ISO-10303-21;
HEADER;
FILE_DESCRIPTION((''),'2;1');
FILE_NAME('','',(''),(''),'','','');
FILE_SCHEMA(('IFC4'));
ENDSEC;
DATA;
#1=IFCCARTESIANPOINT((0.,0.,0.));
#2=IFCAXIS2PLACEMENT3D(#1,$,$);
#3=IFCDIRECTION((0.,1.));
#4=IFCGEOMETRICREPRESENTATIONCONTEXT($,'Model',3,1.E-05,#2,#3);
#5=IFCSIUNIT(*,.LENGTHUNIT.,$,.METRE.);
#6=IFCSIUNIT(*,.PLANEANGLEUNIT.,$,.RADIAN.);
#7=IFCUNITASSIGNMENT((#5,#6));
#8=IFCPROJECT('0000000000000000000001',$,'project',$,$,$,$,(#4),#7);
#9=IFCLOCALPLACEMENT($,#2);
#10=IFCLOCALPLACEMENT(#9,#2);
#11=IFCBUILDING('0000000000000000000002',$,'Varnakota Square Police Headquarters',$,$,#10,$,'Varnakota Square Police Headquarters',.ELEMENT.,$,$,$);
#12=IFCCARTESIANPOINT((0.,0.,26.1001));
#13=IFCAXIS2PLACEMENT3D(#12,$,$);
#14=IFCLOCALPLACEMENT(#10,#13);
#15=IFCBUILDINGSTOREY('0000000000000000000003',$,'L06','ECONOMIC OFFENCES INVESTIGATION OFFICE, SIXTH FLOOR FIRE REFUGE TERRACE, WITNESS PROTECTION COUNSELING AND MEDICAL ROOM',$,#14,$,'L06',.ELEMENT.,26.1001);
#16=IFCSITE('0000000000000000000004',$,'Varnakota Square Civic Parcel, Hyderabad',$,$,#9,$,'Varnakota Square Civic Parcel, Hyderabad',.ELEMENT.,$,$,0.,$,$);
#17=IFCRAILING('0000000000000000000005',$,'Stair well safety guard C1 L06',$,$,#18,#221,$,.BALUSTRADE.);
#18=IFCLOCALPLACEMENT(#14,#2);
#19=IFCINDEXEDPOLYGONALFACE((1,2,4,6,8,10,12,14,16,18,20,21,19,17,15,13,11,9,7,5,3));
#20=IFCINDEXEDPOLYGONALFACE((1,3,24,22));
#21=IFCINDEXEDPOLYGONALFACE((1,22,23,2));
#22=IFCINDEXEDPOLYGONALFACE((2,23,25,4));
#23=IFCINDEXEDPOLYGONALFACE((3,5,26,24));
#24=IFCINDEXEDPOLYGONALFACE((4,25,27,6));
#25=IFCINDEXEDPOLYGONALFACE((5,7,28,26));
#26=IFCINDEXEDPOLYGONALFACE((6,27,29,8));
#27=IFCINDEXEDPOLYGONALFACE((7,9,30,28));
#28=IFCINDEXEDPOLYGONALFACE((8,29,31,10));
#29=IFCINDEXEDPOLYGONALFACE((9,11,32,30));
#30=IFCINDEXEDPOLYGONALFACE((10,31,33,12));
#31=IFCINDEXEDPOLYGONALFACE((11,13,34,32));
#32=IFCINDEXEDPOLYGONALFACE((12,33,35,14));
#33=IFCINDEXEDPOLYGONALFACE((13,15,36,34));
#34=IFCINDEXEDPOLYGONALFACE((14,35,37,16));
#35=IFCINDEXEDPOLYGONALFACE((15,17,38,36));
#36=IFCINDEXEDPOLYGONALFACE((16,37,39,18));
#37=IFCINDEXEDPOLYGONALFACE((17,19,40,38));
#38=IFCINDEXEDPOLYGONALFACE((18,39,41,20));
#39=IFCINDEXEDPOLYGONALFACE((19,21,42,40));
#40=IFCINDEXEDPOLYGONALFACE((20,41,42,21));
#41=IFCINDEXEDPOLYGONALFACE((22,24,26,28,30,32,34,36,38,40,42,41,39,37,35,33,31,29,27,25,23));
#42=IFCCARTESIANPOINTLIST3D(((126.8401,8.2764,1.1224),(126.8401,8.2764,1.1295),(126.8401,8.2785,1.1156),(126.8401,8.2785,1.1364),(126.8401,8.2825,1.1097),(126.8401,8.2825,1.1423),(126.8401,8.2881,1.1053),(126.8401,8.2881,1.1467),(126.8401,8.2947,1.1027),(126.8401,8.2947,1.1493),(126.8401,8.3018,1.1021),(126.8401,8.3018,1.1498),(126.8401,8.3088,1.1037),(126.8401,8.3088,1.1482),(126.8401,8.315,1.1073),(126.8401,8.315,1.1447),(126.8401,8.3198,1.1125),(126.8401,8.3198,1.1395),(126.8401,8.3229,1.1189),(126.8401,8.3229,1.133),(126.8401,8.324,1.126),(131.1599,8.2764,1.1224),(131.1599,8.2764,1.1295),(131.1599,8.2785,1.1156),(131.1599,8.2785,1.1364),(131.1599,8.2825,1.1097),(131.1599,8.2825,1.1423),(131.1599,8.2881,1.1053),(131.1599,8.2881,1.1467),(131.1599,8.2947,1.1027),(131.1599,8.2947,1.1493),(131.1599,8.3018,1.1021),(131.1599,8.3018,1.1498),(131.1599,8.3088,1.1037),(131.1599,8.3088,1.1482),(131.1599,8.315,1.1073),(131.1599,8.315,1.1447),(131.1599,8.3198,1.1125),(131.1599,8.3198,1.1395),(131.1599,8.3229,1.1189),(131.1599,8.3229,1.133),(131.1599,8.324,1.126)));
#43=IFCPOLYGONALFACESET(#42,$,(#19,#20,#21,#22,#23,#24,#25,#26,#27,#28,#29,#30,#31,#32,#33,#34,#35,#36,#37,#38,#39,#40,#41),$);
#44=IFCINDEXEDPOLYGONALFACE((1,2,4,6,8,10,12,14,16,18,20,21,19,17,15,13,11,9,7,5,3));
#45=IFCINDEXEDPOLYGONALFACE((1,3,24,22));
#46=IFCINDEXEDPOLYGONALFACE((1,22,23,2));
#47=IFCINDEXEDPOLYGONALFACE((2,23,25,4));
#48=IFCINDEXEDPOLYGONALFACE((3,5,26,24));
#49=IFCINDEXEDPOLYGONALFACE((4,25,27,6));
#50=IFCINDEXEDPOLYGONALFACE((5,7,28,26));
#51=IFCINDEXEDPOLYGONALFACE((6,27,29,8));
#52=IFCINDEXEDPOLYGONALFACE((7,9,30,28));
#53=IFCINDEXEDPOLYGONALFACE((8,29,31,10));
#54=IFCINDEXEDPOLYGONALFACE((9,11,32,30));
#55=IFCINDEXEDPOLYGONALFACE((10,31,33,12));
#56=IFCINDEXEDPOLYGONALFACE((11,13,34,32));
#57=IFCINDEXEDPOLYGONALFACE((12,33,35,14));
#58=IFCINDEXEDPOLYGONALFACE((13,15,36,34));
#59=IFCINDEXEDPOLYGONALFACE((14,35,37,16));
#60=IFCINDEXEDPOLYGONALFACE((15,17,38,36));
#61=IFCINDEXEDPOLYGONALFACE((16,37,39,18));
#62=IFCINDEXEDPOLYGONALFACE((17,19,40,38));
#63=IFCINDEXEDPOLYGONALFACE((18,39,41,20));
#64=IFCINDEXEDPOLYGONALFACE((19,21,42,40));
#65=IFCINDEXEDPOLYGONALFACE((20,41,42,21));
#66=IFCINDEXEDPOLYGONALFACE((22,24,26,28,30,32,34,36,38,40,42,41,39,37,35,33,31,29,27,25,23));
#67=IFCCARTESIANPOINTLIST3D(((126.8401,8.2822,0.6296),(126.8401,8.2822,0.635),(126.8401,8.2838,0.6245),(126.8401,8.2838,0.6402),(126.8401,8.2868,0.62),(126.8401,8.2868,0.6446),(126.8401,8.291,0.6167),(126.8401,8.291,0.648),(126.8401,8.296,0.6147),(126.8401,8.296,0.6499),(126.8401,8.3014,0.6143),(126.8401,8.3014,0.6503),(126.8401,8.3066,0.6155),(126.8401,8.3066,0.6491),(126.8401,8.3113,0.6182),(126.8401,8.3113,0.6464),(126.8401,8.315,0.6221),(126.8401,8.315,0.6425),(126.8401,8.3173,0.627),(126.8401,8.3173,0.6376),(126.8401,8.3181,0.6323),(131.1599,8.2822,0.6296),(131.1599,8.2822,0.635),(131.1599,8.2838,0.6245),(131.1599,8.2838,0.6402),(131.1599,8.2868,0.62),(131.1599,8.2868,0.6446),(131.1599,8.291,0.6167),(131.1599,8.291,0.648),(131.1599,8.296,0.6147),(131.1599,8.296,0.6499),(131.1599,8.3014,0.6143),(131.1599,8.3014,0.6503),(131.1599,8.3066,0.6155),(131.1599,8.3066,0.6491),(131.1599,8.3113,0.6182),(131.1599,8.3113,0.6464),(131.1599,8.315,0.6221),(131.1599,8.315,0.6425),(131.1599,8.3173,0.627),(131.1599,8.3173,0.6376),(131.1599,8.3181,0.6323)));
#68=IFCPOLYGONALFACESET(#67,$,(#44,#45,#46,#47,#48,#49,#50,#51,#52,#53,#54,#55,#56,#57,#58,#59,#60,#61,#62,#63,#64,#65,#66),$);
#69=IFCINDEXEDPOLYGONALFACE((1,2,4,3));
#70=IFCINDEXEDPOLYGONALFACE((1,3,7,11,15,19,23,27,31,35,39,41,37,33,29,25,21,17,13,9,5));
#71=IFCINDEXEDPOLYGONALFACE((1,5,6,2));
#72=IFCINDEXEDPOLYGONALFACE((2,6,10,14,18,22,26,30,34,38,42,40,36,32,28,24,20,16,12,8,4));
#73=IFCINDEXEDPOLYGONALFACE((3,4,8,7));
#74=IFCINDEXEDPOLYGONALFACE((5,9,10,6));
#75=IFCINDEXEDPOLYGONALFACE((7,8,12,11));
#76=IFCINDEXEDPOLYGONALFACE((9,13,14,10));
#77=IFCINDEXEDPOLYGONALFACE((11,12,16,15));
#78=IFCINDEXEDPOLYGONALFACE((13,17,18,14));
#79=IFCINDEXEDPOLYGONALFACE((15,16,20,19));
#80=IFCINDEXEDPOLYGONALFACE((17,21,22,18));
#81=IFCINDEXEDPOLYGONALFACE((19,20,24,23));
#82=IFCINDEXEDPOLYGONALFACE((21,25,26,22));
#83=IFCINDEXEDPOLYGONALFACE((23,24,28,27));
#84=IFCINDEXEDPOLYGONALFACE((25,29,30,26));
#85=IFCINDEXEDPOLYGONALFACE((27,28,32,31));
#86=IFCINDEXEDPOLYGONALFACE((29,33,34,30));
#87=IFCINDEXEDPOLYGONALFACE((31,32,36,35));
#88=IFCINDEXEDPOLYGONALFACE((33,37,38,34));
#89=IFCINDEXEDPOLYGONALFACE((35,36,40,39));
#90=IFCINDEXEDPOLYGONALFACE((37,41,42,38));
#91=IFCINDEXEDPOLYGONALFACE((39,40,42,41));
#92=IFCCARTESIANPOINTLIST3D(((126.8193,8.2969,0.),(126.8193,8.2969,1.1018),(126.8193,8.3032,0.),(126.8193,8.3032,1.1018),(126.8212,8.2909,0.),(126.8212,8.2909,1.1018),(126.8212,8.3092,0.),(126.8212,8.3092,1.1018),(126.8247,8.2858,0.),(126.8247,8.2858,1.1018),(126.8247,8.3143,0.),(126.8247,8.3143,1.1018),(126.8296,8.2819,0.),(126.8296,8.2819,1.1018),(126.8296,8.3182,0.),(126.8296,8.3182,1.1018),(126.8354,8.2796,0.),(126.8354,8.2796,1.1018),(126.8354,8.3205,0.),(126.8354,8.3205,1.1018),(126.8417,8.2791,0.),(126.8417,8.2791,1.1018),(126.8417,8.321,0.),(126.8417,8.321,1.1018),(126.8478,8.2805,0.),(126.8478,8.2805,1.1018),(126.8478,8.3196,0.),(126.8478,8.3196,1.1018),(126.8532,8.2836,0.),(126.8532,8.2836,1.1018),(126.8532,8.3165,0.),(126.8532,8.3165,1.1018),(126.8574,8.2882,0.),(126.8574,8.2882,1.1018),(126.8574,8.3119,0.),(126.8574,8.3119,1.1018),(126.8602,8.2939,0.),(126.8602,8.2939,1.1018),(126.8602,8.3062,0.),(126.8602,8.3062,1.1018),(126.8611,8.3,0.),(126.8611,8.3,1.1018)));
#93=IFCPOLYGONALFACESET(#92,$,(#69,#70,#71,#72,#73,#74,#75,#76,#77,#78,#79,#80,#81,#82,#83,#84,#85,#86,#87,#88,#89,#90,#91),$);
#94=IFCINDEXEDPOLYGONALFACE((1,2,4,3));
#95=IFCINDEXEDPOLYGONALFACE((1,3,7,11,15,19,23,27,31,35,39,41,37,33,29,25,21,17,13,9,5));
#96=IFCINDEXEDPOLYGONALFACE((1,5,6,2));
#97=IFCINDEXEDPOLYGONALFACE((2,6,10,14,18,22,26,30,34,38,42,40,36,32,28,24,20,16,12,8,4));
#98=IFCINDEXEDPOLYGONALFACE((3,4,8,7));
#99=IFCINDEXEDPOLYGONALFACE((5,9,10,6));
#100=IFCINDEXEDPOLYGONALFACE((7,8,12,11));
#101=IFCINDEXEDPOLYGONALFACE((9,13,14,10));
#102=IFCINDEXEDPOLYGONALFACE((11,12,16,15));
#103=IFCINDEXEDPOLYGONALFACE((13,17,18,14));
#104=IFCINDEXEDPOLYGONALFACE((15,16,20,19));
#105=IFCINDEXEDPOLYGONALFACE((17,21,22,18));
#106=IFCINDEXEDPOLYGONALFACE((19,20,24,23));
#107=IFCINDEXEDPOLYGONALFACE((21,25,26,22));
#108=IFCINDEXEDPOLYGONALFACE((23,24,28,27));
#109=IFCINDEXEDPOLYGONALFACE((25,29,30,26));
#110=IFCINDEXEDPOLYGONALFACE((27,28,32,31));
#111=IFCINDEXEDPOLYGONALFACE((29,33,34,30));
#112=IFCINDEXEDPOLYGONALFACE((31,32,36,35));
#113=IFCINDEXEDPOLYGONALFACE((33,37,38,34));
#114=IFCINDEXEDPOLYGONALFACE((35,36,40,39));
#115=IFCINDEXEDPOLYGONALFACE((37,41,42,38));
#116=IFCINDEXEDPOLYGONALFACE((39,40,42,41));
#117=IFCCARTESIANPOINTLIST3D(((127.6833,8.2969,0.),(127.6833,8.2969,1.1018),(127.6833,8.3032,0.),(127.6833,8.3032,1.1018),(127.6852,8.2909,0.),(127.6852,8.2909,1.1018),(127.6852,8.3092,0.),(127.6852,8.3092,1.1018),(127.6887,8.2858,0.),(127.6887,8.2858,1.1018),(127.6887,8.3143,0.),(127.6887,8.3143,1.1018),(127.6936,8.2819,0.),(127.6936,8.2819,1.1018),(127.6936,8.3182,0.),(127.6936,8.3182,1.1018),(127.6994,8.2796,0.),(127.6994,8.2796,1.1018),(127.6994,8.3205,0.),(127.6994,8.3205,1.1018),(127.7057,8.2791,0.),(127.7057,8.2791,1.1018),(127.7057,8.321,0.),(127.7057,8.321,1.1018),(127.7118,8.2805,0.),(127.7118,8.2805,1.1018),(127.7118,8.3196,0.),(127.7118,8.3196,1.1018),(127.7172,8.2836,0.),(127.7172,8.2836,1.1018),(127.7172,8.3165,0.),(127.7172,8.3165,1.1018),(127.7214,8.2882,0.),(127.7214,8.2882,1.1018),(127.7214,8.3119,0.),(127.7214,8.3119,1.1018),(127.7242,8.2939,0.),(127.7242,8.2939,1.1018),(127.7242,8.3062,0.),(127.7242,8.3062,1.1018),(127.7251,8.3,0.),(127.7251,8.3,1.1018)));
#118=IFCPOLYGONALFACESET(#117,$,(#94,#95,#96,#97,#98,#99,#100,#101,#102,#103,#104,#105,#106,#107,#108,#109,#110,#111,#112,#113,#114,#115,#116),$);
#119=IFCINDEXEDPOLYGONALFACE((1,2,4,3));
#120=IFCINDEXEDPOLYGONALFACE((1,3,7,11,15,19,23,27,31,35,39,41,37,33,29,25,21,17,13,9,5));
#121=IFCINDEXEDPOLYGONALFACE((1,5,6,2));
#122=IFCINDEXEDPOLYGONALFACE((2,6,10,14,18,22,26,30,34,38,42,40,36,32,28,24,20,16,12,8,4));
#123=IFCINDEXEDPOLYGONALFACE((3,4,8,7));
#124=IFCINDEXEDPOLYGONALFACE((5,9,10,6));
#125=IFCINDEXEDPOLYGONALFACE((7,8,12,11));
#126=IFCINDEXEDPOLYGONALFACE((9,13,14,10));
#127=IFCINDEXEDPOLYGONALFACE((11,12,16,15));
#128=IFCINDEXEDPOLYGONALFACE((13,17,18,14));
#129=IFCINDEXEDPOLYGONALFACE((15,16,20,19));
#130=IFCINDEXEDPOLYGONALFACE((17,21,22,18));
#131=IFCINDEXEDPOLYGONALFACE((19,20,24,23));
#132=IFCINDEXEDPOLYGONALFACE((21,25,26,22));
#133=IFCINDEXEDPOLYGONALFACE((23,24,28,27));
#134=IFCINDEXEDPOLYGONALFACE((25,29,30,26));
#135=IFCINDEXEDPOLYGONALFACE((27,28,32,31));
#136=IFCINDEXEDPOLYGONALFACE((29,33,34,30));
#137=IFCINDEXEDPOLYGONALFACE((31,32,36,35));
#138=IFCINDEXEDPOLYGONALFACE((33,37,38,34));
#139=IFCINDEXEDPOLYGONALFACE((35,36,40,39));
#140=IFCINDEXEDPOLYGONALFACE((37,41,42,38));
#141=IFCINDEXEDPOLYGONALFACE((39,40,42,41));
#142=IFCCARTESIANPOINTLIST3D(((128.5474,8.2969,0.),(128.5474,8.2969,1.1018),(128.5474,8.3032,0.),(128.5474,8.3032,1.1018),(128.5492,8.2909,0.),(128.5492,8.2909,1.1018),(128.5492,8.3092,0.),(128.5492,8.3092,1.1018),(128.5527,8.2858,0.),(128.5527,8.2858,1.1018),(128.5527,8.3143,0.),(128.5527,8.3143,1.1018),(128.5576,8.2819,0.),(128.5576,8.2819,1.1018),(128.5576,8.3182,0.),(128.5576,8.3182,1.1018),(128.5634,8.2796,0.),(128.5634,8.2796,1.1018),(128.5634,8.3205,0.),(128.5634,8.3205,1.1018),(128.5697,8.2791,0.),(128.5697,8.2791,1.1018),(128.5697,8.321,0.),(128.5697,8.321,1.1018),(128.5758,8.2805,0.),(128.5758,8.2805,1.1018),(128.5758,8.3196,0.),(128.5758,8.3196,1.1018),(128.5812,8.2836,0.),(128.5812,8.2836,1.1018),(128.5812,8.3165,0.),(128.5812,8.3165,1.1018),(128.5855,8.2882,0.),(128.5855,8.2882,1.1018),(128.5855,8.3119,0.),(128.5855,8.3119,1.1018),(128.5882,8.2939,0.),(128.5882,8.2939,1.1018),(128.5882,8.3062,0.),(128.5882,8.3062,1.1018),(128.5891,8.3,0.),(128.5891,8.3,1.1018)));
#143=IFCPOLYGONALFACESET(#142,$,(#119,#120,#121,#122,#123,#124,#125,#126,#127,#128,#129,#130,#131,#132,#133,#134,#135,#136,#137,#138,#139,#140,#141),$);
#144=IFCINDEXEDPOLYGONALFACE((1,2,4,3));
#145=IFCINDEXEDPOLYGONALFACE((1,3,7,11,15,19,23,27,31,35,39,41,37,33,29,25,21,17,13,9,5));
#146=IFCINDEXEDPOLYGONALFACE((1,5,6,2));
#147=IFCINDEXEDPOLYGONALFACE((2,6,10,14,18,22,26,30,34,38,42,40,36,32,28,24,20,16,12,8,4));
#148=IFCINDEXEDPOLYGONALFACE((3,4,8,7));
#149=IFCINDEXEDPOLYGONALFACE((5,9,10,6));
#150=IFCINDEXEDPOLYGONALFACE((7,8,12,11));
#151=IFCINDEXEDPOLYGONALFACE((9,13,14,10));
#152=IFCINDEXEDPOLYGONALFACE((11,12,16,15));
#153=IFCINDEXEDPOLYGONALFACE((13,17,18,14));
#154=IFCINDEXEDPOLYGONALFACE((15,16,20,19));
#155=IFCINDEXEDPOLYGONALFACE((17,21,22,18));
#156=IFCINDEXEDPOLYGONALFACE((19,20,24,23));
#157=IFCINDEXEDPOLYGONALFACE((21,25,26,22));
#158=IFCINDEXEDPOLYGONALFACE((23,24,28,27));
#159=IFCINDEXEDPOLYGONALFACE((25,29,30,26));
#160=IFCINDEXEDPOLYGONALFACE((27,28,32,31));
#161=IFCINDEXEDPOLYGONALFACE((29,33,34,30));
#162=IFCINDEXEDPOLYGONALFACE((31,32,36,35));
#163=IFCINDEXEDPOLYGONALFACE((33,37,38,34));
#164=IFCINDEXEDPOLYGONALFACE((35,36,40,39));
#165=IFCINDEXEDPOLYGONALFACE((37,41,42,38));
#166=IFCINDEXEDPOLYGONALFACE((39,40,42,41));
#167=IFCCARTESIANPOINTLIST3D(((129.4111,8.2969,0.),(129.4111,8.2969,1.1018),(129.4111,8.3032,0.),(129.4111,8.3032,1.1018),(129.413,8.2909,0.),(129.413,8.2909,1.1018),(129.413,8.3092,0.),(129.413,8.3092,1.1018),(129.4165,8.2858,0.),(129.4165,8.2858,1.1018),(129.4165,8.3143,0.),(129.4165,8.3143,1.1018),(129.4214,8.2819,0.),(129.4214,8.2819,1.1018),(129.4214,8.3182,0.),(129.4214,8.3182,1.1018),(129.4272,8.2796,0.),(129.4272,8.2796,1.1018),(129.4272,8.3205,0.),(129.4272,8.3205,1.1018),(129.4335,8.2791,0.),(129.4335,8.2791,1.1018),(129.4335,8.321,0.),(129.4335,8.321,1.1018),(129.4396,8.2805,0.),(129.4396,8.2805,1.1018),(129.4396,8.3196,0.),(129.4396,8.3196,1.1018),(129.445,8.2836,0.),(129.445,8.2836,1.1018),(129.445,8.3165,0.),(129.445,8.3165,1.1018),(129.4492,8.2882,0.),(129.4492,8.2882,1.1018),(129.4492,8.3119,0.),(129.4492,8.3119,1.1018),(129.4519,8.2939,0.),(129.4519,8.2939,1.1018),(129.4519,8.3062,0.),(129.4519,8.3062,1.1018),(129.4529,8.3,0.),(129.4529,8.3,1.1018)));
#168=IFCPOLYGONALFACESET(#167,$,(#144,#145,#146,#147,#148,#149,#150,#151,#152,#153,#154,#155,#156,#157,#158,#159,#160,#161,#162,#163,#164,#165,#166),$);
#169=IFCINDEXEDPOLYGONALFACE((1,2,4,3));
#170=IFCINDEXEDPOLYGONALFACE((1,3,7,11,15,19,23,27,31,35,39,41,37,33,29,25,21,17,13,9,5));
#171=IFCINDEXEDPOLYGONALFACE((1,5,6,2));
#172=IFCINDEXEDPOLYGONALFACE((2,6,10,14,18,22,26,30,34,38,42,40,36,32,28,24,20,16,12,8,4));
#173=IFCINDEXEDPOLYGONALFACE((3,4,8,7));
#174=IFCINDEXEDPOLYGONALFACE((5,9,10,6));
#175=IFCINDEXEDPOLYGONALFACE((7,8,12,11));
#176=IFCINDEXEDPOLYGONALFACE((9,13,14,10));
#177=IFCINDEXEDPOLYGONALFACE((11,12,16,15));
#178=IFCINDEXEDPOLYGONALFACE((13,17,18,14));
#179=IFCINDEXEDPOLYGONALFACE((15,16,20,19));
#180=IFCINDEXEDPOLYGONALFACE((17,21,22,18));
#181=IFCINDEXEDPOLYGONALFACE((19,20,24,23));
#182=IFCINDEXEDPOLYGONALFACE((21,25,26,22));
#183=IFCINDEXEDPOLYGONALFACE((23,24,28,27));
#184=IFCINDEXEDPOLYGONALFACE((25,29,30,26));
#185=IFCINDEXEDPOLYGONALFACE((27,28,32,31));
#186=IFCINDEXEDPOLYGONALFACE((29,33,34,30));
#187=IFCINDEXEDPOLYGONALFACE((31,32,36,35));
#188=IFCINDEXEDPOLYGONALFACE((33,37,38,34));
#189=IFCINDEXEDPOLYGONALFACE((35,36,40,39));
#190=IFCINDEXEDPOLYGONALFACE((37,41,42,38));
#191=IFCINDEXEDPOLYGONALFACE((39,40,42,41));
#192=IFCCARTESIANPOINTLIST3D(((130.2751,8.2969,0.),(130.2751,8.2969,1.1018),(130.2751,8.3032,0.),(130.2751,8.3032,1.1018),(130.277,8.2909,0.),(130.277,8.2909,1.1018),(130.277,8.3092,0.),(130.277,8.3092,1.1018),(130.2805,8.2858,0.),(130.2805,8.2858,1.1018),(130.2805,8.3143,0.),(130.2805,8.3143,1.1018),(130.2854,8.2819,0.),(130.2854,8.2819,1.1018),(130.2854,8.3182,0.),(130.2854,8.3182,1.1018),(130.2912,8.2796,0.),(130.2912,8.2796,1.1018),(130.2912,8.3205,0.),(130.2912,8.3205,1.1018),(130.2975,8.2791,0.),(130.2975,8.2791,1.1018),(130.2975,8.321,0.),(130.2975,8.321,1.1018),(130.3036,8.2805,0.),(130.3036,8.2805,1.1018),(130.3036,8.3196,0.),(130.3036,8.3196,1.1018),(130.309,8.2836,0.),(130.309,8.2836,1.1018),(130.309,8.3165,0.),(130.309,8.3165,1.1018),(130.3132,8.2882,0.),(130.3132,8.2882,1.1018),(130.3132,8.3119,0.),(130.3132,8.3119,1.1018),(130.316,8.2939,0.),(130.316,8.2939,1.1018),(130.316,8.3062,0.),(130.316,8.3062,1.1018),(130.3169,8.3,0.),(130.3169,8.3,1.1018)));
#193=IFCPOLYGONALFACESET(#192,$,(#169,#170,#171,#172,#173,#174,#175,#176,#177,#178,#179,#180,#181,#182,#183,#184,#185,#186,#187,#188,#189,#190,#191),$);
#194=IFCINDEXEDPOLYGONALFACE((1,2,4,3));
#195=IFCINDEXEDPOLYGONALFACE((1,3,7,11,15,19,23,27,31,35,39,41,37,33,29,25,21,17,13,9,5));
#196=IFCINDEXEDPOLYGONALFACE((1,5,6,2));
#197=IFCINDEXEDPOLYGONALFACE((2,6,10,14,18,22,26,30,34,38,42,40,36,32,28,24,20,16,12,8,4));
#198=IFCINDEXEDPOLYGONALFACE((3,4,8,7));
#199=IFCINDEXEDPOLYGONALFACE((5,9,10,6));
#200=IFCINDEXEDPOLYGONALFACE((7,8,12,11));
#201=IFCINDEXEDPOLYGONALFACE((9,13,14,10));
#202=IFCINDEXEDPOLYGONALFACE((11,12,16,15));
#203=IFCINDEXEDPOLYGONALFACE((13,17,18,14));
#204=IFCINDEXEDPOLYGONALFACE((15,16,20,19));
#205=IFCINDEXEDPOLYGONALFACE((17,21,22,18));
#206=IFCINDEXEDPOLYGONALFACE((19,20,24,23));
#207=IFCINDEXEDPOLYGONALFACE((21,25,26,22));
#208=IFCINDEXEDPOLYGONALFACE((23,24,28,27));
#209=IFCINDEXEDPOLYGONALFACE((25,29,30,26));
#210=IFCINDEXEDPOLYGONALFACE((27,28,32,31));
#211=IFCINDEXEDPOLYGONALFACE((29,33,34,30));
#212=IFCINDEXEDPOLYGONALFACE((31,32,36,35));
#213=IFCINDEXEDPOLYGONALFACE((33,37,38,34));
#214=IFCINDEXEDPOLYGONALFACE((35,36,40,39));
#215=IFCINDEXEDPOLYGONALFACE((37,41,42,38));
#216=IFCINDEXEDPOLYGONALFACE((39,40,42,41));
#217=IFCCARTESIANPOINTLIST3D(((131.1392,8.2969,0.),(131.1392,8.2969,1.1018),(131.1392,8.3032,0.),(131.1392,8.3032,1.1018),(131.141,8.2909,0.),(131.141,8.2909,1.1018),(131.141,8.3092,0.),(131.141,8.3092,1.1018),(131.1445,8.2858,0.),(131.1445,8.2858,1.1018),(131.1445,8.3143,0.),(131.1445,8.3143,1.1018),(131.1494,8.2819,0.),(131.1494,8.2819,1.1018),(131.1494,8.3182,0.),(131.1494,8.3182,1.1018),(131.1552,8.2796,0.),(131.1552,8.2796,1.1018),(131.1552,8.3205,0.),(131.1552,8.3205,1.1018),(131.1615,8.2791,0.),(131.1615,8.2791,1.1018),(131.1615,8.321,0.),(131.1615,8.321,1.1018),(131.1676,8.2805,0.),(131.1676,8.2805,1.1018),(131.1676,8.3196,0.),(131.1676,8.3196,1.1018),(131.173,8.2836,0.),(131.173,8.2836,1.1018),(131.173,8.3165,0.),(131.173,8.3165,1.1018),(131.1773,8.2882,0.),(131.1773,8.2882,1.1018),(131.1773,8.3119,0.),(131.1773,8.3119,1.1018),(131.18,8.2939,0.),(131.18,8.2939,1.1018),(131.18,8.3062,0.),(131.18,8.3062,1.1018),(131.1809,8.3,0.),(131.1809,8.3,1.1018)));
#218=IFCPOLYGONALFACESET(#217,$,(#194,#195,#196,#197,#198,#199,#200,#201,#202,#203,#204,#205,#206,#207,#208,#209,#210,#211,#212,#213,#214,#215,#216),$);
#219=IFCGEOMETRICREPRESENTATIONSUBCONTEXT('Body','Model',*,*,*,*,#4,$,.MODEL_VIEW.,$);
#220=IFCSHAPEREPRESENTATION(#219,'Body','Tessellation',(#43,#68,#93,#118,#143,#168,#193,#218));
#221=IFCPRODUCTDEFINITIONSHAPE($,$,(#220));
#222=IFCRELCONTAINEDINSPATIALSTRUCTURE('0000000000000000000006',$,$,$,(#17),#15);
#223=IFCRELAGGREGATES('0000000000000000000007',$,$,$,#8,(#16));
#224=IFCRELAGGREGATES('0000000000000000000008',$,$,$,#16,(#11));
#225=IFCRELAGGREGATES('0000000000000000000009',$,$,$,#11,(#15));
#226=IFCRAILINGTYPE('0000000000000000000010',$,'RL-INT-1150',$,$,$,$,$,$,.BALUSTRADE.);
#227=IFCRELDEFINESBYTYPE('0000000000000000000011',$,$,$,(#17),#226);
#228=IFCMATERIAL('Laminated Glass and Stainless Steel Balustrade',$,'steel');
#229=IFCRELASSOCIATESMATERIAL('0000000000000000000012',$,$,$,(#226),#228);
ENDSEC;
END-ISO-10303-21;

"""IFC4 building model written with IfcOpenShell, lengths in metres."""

from ifc_helpers import new_model, si_unit, direction, frame, origin, origin_2d, place, context, subcontext, project, spatial, circle, extrude, material, type_object, element, save


model = new_model("IFC4")

# Units and contexts
model_context = context("Model", 3, precision=1e-05, world=origin(), true_north=direction((0.0, 1.0)))
body_context = subcontext(model_context, "Body", "Model", "MODEL_VIEW")
ifc_project = project(units=[si_unit("LENGTHUNIT", "METRE"), si_unit("PLANEANGLEUNIT", "RADIAN")], contexts=[model_context])

# Site, building, storey
site_placement = place(None, origin())
site = spatial("IfcSite", under=ifc_project, at=site_placement, Name="Varnakota Square Civic Parcel, Hyderabad", LongName="Varnakota Square Civic Parcel, Hyderabad", CompositionType="ELEMENT", RefElevation=0.0)
building_placement = place(site_placement, origin())
building = spatial("IfcBuilding", under=site, at=building_placement, Name="Varnakota Square Police Headquarters", LongName="Varnakota Square Police Headquarters", CompositionType="ELEMENT")
storey_placement = place(building_placement, frame((0.0, 0.0, 26.1001)))
storey = spatial("IfcBuildingStorey", under=building, at=storey_placement, Name="L06", Description="ECONOMIC OFFENCES INVESTIGATION OFFICE, SIXTH FLOOR FIRE REFUGE TERRACE, WITNESS PROTECTION COUNSELING AND MEDICAL ROOM", LongName="L06", CompositionType="ELEMENT", Elevation=26.1001)

# Railing
ifc_material_1 = material(Name="Laminated Glass and Stainless Steel Balustrade", Category="steel")
railing_type_1 = type_object("IfcRailingType", Name="RL-INT-1150", PredefinedType="BALUSTRADE", material=ifc_material_1)
railing_1_placement = place(storey_placement, frame((126.8401, 8.3, 0.0)))
element("IfcRailing", 1, at=railing_1_placement, inside=storey, type_object=railing_type_1, Name="Stair well safety guard C1 L06", PredefinedType="BALUSTRADE", context=body_context, shape_type="SweptSolid", body=[
    extrude(circle(Radius=0.0239, at=origin_2d()), frame((0.0, 0.0, 1.126), z_axis=(1.0, 0.0, 0.0), x_axis=(0.0, 1.0, 0.0)), (0.0, 0.0, 1.0), 4.3198),
    extrude(circle(Radius=0.0181, at=origin_2d()), frame((0.0, 0.0, 0.6323), z_axis=(1.0, 0.0, 0.0), x_axis=(0.0, 1.0, 0.0)), (0.0, 0.0, 1.0), 4.3198),
    extrude(circle(Radius=0.021, at=origin_2d()), origin(), (0.0, 0.0, 1.0), 1.1018),
    extrude(circle(Radius=0.021, at=origin_2d()), frame((0.864, 0.0, 0.0)), (0.0, 0.0, 1.0), 1.1018),
    extrude(circle(Radius=0.021, at=origin_2d()), frame((1.728, 0.0, 0.0)), (0.0, 0.0, 1.0), 1.1018),
    extrude(circle(Radius=0.021, at=origin_2d()), frame((2.5918, 0.0, 0.0)), (0.0, 0.0, 1.0), 1.1018),
    extrude(circle(Radius=0.021, at=origin_2d()), frame((3.4558, 0.0, 0.0)), (0.0, 0.0, 1.0), 1.1018),
    extrude(circle(Radius=0.021, at=origin_2d()), frame((4.3198, 0.0, 0.0)), (0.0, 0.0, 1.0), 1.1018),
])

save(model, "model.ifc")
